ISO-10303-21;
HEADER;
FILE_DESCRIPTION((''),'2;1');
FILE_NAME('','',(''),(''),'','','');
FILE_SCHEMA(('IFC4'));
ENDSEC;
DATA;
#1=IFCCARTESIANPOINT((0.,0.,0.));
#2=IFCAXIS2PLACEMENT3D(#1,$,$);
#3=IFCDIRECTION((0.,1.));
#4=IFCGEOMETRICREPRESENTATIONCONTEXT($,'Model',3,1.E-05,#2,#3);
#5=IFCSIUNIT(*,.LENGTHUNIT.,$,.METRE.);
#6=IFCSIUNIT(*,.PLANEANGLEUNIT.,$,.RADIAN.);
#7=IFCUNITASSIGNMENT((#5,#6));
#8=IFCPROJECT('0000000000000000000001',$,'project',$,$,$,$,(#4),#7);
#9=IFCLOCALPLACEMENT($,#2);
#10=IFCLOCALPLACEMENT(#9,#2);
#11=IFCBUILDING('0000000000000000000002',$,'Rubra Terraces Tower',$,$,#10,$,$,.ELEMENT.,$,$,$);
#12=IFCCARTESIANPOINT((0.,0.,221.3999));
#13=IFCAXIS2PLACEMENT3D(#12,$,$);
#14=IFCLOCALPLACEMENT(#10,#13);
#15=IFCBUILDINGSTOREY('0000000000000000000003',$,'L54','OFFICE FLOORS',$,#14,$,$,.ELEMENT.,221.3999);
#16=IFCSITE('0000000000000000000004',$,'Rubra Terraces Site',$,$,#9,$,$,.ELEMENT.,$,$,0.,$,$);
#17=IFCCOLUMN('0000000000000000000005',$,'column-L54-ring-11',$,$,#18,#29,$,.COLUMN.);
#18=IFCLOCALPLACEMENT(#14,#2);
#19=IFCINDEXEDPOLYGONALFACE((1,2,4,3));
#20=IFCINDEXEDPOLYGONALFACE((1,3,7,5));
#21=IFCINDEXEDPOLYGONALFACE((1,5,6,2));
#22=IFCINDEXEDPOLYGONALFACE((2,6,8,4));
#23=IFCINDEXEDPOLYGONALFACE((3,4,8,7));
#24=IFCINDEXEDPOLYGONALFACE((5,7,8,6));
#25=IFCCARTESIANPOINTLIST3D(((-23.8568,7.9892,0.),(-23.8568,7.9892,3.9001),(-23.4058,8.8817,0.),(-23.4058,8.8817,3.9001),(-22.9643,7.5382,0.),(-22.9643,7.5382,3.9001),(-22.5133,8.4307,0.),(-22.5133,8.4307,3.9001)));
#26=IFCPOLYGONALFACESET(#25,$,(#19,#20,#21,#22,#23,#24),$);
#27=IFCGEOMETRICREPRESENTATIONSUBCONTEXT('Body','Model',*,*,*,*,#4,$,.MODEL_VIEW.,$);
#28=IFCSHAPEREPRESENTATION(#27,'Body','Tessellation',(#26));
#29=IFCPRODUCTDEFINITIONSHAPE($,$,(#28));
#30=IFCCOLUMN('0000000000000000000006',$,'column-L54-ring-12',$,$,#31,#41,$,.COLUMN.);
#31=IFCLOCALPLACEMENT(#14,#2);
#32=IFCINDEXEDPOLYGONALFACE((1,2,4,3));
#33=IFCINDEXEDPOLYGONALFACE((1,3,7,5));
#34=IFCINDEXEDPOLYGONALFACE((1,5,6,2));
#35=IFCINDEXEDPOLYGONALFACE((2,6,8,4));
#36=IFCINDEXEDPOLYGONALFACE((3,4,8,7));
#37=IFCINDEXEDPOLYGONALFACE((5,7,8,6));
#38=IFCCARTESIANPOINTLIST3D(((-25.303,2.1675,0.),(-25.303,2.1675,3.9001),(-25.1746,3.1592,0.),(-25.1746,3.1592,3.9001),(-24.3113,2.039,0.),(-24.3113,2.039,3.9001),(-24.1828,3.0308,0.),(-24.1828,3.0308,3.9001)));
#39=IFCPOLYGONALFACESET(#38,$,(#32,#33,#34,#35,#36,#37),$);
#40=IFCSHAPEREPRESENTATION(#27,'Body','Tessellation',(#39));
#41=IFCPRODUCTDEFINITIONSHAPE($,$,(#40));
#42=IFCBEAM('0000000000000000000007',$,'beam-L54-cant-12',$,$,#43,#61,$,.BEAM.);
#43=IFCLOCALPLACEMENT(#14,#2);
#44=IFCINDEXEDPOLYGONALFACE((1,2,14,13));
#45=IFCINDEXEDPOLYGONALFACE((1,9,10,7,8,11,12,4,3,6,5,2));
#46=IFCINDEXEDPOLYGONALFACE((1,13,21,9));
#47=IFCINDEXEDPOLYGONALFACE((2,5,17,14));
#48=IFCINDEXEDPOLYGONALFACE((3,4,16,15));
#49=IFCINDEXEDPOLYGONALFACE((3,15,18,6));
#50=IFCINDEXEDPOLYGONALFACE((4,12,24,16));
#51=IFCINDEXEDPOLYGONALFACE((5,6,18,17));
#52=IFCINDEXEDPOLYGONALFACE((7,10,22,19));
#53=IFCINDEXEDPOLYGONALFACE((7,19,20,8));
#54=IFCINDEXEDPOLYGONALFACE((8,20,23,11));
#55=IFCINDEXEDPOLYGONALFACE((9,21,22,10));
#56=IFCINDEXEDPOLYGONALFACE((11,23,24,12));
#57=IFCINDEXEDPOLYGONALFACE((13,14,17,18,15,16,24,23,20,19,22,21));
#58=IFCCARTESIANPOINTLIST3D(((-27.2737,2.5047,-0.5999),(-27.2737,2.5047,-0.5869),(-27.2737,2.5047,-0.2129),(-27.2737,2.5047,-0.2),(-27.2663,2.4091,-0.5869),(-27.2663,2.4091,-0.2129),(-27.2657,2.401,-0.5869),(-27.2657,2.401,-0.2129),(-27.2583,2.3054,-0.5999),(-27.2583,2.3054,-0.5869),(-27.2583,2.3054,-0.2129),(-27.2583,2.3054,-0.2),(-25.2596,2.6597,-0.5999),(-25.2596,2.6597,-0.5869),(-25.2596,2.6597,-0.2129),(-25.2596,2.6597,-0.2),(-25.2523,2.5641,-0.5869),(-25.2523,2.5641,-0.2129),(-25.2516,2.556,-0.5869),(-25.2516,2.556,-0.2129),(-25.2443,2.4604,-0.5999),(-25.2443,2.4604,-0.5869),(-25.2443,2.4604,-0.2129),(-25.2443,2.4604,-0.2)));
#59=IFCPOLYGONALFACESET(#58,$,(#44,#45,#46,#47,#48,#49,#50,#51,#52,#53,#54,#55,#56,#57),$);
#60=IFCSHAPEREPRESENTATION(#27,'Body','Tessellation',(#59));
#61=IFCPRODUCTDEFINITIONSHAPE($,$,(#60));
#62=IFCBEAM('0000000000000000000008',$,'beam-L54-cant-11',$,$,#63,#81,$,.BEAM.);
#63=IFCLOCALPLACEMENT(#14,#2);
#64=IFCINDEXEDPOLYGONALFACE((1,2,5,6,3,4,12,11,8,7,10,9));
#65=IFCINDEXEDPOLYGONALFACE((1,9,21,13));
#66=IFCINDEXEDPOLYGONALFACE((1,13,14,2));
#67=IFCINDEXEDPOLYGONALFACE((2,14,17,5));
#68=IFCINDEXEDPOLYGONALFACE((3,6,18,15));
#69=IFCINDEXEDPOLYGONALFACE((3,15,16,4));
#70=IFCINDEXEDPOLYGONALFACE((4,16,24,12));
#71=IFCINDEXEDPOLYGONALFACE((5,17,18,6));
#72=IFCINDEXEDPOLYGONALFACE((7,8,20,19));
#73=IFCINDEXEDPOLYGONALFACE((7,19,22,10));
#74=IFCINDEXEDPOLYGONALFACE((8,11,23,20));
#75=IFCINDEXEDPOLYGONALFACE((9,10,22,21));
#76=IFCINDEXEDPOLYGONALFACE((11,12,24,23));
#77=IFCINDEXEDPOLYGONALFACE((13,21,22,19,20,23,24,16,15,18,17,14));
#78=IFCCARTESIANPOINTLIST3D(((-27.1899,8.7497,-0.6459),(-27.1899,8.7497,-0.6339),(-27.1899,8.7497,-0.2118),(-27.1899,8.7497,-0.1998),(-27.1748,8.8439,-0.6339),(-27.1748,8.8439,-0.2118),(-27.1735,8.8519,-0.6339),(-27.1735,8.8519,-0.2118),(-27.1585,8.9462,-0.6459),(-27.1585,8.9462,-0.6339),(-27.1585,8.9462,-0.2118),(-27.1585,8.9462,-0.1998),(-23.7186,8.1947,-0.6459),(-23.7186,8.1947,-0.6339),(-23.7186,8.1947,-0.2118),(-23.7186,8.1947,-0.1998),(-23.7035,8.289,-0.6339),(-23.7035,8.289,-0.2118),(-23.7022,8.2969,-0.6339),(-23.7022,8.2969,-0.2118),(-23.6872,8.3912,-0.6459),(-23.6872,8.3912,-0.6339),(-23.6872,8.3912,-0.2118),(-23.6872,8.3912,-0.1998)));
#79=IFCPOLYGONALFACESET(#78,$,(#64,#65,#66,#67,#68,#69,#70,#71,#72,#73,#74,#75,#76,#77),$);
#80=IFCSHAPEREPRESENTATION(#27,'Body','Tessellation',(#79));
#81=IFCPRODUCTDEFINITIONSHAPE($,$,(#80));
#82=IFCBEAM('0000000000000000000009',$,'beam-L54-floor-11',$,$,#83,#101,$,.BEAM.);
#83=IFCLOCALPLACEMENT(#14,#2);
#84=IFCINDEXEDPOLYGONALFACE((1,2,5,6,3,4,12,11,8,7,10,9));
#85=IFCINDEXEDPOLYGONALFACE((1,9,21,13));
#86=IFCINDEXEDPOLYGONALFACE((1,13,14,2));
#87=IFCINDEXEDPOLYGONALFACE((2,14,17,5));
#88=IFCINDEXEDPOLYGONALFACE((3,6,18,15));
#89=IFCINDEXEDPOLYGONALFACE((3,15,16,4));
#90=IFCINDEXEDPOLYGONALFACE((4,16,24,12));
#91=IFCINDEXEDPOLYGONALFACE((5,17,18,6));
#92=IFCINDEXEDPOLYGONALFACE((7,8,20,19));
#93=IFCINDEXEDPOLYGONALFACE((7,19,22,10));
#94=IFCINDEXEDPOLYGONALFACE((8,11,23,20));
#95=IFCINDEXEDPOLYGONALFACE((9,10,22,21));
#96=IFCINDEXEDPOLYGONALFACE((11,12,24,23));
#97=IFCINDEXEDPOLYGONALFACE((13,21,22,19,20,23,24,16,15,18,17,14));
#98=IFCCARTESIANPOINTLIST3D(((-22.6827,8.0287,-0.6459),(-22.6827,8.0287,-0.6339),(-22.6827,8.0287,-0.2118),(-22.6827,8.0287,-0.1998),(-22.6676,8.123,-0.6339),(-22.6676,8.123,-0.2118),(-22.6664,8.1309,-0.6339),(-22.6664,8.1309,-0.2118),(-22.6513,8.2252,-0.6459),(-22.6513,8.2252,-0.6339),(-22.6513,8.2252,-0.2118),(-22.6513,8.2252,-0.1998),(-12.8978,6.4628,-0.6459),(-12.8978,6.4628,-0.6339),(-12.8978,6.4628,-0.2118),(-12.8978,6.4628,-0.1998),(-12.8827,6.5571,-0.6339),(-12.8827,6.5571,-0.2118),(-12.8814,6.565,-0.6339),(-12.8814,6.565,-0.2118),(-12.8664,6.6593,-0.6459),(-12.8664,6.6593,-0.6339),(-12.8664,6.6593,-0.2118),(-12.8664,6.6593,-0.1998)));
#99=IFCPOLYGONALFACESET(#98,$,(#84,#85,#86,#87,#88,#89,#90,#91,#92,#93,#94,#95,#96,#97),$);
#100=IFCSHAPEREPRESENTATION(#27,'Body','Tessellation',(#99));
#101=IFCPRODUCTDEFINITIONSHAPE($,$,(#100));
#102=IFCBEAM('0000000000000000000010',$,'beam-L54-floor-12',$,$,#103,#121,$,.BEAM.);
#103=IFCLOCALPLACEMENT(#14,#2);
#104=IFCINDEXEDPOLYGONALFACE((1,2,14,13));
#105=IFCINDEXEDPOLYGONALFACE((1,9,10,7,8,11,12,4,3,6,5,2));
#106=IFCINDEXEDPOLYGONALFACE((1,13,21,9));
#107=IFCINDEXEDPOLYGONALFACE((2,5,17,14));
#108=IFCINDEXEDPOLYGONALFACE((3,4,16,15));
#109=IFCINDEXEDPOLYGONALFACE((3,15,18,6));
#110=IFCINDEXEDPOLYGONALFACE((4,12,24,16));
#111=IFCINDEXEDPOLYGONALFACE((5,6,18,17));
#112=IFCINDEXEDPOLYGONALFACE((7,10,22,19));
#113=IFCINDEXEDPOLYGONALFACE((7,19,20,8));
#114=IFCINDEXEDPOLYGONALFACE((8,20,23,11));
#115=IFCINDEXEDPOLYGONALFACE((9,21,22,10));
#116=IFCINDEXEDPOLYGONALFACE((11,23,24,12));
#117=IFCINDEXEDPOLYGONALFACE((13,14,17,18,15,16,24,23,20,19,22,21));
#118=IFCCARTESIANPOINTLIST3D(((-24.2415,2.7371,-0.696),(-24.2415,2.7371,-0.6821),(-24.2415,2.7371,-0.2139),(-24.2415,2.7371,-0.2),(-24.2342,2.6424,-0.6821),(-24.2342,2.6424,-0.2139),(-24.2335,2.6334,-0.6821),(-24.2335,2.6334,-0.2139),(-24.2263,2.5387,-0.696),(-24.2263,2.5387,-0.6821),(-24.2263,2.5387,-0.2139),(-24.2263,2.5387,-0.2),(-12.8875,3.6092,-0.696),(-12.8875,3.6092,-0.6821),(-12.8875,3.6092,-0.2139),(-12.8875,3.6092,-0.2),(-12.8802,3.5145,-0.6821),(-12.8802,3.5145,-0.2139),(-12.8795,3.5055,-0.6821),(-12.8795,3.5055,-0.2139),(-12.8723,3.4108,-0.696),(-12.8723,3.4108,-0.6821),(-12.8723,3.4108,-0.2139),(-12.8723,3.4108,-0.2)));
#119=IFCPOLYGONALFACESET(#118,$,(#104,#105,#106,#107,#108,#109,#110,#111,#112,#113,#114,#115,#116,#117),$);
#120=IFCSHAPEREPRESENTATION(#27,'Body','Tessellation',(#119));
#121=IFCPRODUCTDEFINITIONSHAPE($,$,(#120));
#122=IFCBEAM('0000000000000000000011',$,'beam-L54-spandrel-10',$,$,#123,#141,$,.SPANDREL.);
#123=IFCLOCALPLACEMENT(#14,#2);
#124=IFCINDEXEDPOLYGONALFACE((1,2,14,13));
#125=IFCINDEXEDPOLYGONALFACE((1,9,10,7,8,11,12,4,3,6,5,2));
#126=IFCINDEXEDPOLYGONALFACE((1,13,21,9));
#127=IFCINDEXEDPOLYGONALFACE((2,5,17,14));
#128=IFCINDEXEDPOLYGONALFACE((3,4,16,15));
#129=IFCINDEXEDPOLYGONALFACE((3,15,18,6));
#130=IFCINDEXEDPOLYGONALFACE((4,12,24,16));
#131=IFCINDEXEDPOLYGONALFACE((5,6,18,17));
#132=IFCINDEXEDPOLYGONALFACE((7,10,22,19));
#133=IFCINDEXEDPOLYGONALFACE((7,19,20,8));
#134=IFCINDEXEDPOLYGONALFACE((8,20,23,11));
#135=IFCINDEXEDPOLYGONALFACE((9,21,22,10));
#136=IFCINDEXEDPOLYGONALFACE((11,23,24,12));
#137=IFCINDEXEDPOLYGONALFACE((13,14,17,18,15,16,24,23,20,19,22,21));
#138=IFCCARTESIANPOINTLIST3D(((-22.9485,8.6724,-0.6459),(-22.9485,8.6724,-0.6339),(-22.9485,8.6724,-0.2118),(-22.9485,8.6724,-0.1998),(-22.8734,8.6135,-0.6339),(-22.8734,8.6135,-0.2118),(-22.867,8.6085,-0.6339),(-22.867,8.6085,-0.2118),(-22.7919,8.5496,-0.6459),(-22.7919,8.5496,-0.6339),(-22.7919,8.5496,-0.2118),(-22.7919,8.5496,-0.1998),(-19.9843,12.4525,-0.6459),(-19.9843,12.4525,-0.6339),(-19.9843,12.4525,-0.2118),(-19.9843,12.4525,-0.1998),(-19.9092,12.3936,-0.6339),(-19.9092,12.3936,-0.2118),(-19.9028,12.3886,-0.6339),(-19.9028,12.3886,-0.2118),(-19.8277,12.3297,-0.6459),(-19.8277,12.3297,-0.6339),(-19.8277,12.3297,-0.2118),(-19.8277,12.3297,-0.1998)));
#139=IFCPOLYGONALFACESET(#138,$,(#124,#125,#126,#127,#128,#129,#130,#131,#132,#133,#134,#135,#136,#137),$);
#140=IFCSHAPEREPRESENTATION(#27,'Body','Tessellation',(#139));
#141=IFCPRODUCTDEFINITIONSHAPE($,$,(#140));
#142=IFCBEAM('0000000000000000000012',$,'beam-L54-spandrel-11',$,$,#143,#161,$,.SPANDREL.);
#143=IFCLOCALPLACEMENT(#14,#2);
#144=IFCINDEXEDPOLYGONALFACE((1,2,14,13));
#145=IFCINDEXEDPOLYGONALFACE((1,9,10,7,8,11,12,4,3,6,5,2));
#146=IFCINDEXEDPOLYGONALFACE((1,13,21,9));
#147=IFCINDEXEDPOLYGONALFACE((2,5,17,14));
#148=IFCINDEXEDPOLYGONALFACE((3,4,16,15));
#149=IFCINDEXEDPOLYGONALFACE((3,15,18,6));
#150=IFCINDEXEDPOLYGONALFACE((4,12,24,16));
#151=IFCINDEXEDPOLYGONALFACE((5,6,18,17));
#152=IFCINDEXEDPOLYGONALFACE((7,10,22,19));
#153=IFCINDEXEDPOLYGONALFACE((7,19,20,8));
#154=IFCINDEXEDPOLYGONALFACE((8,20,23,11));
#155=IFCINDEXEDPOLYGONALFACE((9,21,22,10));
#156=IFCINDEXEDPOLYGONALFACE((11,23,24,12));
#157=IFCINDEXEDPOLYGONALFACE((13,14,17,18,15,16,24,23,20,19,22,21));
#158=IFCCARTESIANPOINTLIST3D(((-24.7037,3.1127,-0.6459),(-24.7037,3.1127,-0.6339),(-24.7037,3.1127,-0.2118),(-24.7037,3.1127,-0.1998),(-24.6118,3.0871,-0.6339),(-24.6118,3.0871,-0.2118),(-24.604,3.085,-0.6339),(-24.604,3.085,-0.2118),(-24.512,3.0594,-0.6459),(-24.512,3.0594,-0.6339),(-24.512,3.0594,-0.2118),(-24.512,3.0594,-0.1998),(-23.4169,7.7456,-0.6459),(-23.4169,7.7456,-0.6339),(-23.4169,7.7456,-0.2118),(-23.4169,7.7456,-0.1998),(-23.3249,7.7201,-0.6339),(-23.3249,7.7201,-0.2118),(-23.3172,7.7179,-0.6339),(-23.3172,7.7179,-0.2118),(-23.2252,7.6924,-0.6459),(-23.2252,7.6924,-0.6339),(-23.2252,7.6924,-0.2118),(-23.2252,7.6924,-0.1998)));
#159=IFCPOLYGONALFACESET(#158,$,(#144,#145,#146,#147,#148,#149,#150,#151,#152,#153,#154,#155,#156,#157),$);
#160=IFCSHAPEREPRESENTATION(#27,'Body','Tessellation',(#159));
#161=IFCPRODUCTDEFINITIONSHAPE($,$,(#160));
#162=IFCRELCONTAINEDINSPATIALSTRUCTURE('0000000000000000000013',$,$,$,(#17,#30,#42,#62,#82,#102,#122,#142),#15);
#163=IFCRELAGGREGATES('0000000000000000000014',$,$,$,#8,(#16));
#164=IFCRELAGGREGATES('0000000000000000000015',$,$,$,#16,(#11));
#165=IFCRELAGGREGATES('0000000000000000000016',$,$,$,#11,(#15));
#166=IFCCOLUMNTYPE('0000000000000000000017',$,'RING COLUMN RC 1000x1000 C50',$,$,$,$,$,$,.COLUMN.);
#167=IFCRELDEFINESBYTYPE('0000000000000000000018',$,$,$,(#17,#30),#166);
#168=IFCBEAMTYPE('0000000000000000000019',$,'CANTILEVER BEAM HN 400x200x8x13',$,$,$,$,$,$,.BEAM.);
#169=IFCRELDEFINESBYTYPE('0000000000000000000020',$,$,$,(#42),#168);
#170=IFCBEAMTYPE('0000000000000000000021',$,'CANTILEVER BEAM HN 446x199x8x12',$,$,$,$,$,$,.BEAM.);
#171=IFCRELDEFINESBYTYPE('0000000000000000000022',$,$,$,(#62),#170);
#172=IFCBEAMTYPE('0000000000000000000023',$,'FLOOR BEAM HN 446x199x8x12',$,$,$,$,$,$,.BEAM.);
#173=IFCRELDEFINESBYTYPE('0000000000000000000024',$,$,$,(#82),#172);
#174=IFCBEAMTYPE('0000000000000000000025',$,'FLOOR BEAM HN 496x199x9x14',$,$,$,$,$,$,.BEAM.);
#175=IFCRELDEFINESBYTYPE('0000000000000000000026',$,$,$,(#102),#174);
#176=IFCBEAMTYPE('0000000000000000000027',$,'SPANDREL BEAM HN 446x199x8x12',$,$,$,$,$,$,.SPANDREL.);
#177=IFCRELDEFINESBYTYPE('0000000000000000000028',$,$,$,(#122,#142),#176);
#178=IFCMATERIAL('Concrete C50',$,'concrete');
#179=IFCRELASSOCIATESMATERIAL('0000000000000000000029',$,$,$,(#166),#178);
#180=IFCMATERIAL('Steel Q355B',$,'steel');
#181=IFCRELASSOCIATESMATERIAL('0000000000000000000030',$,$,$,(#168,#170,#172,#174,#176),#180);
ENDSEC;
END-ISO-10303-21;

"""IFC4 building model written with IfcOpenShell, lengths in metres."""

from ifc_helpers import new_model, si_unit, direction, frame, origin, origin_2d, place, context, subcontext, project, spatial, rectangle, i_section, extrude, material, material_profile, profile_set, type_object, element, save


model = new_model("IFC4")

# Units and contexts
model_context = context("Model", 3, precision=1e-05, world=origin(), true_north=direction((0.0, 1.0)))
body_context = subcontext(model_context, "Body", "Model", "MODEL_VIEW")
ifc_project = project(units=[si_unit("LENGTHUNIT", "METRE"), si_unit("PLANEANGLEUNIT", "RADIAN")], contexts=[model_context])

# Site, building, storey
site_placement = place(None, origin())
site = spatial("IfcSite", under=ifc_project, at=site_placement, Name="Rubra Terraces Site", CompositionType="ELEMENT", RefElevation=0.0)
building_placement = place(site_placement, origin())
building = spatial("IfcBuilding", under=site, at=building_placement, Name="Rubra Terraces Tower", CompositionType="ELEMENT")
storey_placement = place(building_placement, frame((0.0, 0.0, 221.3999)))
storey = spatial("IfcBuildingStorey", under=building, at=storey_placement, Name="L54", Description="OFFICE FLOORS", CompositionType="ELEMENT", Elevation=221.3999)

# Columns
ifc_material_1 = material(Name="Concrete C50", Category="concrete")
ifc_material_profile_1 = material_profile(ifc_material_1, rectangle(XDim=1.0, YDim=1.0, at=origin_2d()), Name="RC 1000x1000")
ifc_profile_set_1 = profile_set([ifc_material_profile_1], Name="Concrete C50")
column_type = type_object("IfcColumnType", Name="RING COLUMN RC 1000x1000 C50", PredefinedType="COLUMN", material=ifc_profile_set_1)
for number, where, z_axis, x_axis, name in (
    (1, (-23.1851, 8.21, 0.0), (0.0, 0.0, 1.0), (-0.451028, -0.89251, 0.0), "column-L54-ring-11"),
    (2, (-24.7429, 2.5991, 0.0), (0.0, 0.0, 1.0), (-0.128444, -0.991717, 0.0), "column-L54-ring-12"),
):
    element("IfcColumn", number, at=place(storey_placement, frame(where, z_axis=z_axis, x_axis=x_axis)), inside=storey, type_object=column_type, Name=name, PredefinedType="COLUMN", context=body_context, shape_type="SweptSolid", body=[
        extrude(rectangle(XDim=1.0, YDim=1.0, at=origin_2d()), origin(), (0.0, 0.0, 1.0), 3.9001),
    ])

# Beams
ifc_material_2 = material(Name="Steel Q355B", Category="steel")
ifc_material_profile_2 = material_profile(ifc_material_2, i_section(OverallWidth=0.2, OverallDepth=0.3999, WebThickness=0.0081, FlangeThickness=0.0129, at=origin_2d()), Name="HN 400x200x8x13")
ifc_profile_set_2 = profile_set([ifc_material_profile_2], Name="Steel Q355B")
beam_type_1 = type_object("IfcBeamType", Name="CANTILEVER BEAM HN 400x200x8x13", PredefinedType="BEAM", material=ifc_profile_set_2)
beam_1_placement = place(storey_placement, frame((-25.252, 2.5601, -0.3999), z_axis=(-0.997051, -0.076743, 0.0), x_axis=(0.076743, -0.997051, 0.0)))
element("IfcBeam", 3, at=beam_1_placement, inside=storey, type_object=beam_type_1, Name="beam-L54-cant-12", PredefinedType="BEAM", context=body_context, shape_type="SweptSolid", body=[
    extrude(i_section(OverallWidth=0.2, OverallDepth=0.3999, WebThickness=0.0081, FlangeThickness=0.0129, at=origin_2d()), origin(), (0.0, 0.0, 1.0), 2.02),
])
ifc_material_profile_3 = material_profile(ifc_material_2, i_section(OverallWidth=0.199, OverallDepth=0.446, WebThickness=0.0081, FlangeThickness=0.012, at=origin_2d()), Name="HN 446x199x8x12")
ifc_profile_set_3 = profile_set([ifc_material_profile_3], Name="Steel Q355B")
beam_type_2 = type_object("IfcBeamType", Name="CANTILEVER BEAM HN 446x199x8x12", PredefinedType="BEAM", material=ifc_profile_set_3)
beam_2_placement = place(storey_placement, frame((-23.7029, 8.293, -0.4229), z_axis=(-0.987461, 0.157863, 0.0), x_axis=(-0.157863, -0.987461, 0.0)))
element("IfcBeam", 4, at=beam_2_placement, inside=storey, type_object=beam_type_2, Name="beam-L54-cant-11", PredefinedType="BEAM", context=body_context, shape_type="SweptSolid", body=[
    extrude(i_section(OverallWidth=0.199, OverallDepth=0.446, WebThickness=0.0081, FlangeThickness=0.012, at=origin_2d()), origin(), (0.0, 0.0, 1.0), 3.5154),
])
ifc_material_profile_4 = material_profile(ifc_material_2, i_section(OverallWidth=0.199, OverallDepth=0.446, WebThickness=0.0081, FlangeThickness=0.012, at=origin_2d()), Name="HN 446x199x8x12")
ifc_profile_set_4 = profile_set([ifc_material_profile_4], Name="Steel Q355B")
beam_type_3 = type_object("IfcBeamType", Name="FLOOR BEAM HN 446x199x8x12", PredefinedType="BEAM", material=ifc_profile_set_4)
beam_3_placement = place(storey_placement, frame((-22.667, 8.127, -0.4229), z_axis=(0.987435, -0.158023, 0.0), x_axis=(0.158023, 0.987435, 0.0)))
element("IfcBeam", 5, at=beam_3_placement, inside=storey, type_object=beam_type_3, Name="beam-L54-floor-11", PredefinedType="BEAM", context=body_context, shape_type="SweptSolid", body=[
    extrude(i_section(OverallWidth=0.199, OverallDepth=0.446, WebThickness=0.0081, FlangeThickness=0.012, at=origin_2d()), origin(), (0.0, 0.0, 1.0), 9.9094),
])
ifc_material_profile_5 = material_profile(ifc_material_2, i_section(OverallWidth=0.199, OverallDepth=0.4961, WebThickness=0.009, FlangeThickness=0.0139, at=origin_2d()), Name="HN 496x199x9x14")
ifc_profile_set_5 = profile_set([ifc_material_profile_5], Name="Steel Q355B")
beam_type_4 = type_object("IfcBeamType", Name="FLOOR BEAM HN 496x199x9x14", PredefinedType="BEAM", material=ifc_profile_set_5)
beam_4_placement = place(storey_placement, frame((-24.2339, 2.6379, -0.448), z_axis=(0.997063, 0.076582, 0.0), x_axis=(-0.076582, 0.997063, 0.0)))
element("IfcBeam", 6, at=beam_4_placement, inside=storey, type_object=beam_type_4, Name="beam-L54-floor-12", PredefinedType="BEAM", context=body_context, shape_type="SweptSolid", body=[
    extrude(i_section(OverallWidth=0.199, OverallDepth=0.4961, WebThickness=0.009, FlangeThickness=0.0139, at=origin_2d()), origin(), (0.0, 0.0, 1.0), 11.3875),
])
ifc_material_profile_6 = material_profile(ifc_material_2, i_section(OverallWidth=0.199, OverallDepth=0.446, WebThickness=0.0081, FlangeThickness=0.012, at=origin_2d()), Name="HN 446x199x8x12")
ifc_profile_set_6 = profile_set([ifc_material_profile_6], Name="Steel Q355B")
beam_type_5 = type_object("IfcBeamType", Name="SPANDREL BEAM HN 446x199x8x12", PredefinedType="SPANDREL", material=ifc_profile_set_6)
beam_5_placement = place(storey_placement, frame((-19.906, 12.3911, -0.4229), z_axis=(-0.61706, -0.786916, 0.0), x_axis=(0.786916, -0.61706, 0.0)))
element("IfcBeam", 7, at=beam_5_placement, inside=storey, type_object=beam_type_5, Name="beam-L54-spandrel-10", PredefinedType="SPANDREL", context=body_context, shape_type="SweptSolid", body=[
    extrude(i_section(OverallWidth=0.199, OverallDepth=0.446, WebThickness=0.0081, FlangeThickness=0.012, at=origin_2d()), origin(), (0.0, 0.0, 1.0), 4.8037),
])
beam_6_placement = place(storey_placement, frame((-23.321, 7.719, -0.4229), z_axis=(-0.267626, -0.963523, 0.0), x_axis=(0.963523, -0.267626, 0.0)))
element("IfcBeam", 8, at=beam_6_placement, inside=storey, type_object=beam_type_5, Name="beam-L54-spandrel-11", PredefinedType="SPANDREL", context=body_context, shape_type="SweptSolid", body=[
    extrude(i_section(OverallWidth=0.199, OverallDepth=0.446, WebThickness=0.0081, FlangeThickness=0.012, at=origin_2d()), origin(), (0.0, 0.0, 1.0), 4.8083),
])

save(model, "model.ifc")
